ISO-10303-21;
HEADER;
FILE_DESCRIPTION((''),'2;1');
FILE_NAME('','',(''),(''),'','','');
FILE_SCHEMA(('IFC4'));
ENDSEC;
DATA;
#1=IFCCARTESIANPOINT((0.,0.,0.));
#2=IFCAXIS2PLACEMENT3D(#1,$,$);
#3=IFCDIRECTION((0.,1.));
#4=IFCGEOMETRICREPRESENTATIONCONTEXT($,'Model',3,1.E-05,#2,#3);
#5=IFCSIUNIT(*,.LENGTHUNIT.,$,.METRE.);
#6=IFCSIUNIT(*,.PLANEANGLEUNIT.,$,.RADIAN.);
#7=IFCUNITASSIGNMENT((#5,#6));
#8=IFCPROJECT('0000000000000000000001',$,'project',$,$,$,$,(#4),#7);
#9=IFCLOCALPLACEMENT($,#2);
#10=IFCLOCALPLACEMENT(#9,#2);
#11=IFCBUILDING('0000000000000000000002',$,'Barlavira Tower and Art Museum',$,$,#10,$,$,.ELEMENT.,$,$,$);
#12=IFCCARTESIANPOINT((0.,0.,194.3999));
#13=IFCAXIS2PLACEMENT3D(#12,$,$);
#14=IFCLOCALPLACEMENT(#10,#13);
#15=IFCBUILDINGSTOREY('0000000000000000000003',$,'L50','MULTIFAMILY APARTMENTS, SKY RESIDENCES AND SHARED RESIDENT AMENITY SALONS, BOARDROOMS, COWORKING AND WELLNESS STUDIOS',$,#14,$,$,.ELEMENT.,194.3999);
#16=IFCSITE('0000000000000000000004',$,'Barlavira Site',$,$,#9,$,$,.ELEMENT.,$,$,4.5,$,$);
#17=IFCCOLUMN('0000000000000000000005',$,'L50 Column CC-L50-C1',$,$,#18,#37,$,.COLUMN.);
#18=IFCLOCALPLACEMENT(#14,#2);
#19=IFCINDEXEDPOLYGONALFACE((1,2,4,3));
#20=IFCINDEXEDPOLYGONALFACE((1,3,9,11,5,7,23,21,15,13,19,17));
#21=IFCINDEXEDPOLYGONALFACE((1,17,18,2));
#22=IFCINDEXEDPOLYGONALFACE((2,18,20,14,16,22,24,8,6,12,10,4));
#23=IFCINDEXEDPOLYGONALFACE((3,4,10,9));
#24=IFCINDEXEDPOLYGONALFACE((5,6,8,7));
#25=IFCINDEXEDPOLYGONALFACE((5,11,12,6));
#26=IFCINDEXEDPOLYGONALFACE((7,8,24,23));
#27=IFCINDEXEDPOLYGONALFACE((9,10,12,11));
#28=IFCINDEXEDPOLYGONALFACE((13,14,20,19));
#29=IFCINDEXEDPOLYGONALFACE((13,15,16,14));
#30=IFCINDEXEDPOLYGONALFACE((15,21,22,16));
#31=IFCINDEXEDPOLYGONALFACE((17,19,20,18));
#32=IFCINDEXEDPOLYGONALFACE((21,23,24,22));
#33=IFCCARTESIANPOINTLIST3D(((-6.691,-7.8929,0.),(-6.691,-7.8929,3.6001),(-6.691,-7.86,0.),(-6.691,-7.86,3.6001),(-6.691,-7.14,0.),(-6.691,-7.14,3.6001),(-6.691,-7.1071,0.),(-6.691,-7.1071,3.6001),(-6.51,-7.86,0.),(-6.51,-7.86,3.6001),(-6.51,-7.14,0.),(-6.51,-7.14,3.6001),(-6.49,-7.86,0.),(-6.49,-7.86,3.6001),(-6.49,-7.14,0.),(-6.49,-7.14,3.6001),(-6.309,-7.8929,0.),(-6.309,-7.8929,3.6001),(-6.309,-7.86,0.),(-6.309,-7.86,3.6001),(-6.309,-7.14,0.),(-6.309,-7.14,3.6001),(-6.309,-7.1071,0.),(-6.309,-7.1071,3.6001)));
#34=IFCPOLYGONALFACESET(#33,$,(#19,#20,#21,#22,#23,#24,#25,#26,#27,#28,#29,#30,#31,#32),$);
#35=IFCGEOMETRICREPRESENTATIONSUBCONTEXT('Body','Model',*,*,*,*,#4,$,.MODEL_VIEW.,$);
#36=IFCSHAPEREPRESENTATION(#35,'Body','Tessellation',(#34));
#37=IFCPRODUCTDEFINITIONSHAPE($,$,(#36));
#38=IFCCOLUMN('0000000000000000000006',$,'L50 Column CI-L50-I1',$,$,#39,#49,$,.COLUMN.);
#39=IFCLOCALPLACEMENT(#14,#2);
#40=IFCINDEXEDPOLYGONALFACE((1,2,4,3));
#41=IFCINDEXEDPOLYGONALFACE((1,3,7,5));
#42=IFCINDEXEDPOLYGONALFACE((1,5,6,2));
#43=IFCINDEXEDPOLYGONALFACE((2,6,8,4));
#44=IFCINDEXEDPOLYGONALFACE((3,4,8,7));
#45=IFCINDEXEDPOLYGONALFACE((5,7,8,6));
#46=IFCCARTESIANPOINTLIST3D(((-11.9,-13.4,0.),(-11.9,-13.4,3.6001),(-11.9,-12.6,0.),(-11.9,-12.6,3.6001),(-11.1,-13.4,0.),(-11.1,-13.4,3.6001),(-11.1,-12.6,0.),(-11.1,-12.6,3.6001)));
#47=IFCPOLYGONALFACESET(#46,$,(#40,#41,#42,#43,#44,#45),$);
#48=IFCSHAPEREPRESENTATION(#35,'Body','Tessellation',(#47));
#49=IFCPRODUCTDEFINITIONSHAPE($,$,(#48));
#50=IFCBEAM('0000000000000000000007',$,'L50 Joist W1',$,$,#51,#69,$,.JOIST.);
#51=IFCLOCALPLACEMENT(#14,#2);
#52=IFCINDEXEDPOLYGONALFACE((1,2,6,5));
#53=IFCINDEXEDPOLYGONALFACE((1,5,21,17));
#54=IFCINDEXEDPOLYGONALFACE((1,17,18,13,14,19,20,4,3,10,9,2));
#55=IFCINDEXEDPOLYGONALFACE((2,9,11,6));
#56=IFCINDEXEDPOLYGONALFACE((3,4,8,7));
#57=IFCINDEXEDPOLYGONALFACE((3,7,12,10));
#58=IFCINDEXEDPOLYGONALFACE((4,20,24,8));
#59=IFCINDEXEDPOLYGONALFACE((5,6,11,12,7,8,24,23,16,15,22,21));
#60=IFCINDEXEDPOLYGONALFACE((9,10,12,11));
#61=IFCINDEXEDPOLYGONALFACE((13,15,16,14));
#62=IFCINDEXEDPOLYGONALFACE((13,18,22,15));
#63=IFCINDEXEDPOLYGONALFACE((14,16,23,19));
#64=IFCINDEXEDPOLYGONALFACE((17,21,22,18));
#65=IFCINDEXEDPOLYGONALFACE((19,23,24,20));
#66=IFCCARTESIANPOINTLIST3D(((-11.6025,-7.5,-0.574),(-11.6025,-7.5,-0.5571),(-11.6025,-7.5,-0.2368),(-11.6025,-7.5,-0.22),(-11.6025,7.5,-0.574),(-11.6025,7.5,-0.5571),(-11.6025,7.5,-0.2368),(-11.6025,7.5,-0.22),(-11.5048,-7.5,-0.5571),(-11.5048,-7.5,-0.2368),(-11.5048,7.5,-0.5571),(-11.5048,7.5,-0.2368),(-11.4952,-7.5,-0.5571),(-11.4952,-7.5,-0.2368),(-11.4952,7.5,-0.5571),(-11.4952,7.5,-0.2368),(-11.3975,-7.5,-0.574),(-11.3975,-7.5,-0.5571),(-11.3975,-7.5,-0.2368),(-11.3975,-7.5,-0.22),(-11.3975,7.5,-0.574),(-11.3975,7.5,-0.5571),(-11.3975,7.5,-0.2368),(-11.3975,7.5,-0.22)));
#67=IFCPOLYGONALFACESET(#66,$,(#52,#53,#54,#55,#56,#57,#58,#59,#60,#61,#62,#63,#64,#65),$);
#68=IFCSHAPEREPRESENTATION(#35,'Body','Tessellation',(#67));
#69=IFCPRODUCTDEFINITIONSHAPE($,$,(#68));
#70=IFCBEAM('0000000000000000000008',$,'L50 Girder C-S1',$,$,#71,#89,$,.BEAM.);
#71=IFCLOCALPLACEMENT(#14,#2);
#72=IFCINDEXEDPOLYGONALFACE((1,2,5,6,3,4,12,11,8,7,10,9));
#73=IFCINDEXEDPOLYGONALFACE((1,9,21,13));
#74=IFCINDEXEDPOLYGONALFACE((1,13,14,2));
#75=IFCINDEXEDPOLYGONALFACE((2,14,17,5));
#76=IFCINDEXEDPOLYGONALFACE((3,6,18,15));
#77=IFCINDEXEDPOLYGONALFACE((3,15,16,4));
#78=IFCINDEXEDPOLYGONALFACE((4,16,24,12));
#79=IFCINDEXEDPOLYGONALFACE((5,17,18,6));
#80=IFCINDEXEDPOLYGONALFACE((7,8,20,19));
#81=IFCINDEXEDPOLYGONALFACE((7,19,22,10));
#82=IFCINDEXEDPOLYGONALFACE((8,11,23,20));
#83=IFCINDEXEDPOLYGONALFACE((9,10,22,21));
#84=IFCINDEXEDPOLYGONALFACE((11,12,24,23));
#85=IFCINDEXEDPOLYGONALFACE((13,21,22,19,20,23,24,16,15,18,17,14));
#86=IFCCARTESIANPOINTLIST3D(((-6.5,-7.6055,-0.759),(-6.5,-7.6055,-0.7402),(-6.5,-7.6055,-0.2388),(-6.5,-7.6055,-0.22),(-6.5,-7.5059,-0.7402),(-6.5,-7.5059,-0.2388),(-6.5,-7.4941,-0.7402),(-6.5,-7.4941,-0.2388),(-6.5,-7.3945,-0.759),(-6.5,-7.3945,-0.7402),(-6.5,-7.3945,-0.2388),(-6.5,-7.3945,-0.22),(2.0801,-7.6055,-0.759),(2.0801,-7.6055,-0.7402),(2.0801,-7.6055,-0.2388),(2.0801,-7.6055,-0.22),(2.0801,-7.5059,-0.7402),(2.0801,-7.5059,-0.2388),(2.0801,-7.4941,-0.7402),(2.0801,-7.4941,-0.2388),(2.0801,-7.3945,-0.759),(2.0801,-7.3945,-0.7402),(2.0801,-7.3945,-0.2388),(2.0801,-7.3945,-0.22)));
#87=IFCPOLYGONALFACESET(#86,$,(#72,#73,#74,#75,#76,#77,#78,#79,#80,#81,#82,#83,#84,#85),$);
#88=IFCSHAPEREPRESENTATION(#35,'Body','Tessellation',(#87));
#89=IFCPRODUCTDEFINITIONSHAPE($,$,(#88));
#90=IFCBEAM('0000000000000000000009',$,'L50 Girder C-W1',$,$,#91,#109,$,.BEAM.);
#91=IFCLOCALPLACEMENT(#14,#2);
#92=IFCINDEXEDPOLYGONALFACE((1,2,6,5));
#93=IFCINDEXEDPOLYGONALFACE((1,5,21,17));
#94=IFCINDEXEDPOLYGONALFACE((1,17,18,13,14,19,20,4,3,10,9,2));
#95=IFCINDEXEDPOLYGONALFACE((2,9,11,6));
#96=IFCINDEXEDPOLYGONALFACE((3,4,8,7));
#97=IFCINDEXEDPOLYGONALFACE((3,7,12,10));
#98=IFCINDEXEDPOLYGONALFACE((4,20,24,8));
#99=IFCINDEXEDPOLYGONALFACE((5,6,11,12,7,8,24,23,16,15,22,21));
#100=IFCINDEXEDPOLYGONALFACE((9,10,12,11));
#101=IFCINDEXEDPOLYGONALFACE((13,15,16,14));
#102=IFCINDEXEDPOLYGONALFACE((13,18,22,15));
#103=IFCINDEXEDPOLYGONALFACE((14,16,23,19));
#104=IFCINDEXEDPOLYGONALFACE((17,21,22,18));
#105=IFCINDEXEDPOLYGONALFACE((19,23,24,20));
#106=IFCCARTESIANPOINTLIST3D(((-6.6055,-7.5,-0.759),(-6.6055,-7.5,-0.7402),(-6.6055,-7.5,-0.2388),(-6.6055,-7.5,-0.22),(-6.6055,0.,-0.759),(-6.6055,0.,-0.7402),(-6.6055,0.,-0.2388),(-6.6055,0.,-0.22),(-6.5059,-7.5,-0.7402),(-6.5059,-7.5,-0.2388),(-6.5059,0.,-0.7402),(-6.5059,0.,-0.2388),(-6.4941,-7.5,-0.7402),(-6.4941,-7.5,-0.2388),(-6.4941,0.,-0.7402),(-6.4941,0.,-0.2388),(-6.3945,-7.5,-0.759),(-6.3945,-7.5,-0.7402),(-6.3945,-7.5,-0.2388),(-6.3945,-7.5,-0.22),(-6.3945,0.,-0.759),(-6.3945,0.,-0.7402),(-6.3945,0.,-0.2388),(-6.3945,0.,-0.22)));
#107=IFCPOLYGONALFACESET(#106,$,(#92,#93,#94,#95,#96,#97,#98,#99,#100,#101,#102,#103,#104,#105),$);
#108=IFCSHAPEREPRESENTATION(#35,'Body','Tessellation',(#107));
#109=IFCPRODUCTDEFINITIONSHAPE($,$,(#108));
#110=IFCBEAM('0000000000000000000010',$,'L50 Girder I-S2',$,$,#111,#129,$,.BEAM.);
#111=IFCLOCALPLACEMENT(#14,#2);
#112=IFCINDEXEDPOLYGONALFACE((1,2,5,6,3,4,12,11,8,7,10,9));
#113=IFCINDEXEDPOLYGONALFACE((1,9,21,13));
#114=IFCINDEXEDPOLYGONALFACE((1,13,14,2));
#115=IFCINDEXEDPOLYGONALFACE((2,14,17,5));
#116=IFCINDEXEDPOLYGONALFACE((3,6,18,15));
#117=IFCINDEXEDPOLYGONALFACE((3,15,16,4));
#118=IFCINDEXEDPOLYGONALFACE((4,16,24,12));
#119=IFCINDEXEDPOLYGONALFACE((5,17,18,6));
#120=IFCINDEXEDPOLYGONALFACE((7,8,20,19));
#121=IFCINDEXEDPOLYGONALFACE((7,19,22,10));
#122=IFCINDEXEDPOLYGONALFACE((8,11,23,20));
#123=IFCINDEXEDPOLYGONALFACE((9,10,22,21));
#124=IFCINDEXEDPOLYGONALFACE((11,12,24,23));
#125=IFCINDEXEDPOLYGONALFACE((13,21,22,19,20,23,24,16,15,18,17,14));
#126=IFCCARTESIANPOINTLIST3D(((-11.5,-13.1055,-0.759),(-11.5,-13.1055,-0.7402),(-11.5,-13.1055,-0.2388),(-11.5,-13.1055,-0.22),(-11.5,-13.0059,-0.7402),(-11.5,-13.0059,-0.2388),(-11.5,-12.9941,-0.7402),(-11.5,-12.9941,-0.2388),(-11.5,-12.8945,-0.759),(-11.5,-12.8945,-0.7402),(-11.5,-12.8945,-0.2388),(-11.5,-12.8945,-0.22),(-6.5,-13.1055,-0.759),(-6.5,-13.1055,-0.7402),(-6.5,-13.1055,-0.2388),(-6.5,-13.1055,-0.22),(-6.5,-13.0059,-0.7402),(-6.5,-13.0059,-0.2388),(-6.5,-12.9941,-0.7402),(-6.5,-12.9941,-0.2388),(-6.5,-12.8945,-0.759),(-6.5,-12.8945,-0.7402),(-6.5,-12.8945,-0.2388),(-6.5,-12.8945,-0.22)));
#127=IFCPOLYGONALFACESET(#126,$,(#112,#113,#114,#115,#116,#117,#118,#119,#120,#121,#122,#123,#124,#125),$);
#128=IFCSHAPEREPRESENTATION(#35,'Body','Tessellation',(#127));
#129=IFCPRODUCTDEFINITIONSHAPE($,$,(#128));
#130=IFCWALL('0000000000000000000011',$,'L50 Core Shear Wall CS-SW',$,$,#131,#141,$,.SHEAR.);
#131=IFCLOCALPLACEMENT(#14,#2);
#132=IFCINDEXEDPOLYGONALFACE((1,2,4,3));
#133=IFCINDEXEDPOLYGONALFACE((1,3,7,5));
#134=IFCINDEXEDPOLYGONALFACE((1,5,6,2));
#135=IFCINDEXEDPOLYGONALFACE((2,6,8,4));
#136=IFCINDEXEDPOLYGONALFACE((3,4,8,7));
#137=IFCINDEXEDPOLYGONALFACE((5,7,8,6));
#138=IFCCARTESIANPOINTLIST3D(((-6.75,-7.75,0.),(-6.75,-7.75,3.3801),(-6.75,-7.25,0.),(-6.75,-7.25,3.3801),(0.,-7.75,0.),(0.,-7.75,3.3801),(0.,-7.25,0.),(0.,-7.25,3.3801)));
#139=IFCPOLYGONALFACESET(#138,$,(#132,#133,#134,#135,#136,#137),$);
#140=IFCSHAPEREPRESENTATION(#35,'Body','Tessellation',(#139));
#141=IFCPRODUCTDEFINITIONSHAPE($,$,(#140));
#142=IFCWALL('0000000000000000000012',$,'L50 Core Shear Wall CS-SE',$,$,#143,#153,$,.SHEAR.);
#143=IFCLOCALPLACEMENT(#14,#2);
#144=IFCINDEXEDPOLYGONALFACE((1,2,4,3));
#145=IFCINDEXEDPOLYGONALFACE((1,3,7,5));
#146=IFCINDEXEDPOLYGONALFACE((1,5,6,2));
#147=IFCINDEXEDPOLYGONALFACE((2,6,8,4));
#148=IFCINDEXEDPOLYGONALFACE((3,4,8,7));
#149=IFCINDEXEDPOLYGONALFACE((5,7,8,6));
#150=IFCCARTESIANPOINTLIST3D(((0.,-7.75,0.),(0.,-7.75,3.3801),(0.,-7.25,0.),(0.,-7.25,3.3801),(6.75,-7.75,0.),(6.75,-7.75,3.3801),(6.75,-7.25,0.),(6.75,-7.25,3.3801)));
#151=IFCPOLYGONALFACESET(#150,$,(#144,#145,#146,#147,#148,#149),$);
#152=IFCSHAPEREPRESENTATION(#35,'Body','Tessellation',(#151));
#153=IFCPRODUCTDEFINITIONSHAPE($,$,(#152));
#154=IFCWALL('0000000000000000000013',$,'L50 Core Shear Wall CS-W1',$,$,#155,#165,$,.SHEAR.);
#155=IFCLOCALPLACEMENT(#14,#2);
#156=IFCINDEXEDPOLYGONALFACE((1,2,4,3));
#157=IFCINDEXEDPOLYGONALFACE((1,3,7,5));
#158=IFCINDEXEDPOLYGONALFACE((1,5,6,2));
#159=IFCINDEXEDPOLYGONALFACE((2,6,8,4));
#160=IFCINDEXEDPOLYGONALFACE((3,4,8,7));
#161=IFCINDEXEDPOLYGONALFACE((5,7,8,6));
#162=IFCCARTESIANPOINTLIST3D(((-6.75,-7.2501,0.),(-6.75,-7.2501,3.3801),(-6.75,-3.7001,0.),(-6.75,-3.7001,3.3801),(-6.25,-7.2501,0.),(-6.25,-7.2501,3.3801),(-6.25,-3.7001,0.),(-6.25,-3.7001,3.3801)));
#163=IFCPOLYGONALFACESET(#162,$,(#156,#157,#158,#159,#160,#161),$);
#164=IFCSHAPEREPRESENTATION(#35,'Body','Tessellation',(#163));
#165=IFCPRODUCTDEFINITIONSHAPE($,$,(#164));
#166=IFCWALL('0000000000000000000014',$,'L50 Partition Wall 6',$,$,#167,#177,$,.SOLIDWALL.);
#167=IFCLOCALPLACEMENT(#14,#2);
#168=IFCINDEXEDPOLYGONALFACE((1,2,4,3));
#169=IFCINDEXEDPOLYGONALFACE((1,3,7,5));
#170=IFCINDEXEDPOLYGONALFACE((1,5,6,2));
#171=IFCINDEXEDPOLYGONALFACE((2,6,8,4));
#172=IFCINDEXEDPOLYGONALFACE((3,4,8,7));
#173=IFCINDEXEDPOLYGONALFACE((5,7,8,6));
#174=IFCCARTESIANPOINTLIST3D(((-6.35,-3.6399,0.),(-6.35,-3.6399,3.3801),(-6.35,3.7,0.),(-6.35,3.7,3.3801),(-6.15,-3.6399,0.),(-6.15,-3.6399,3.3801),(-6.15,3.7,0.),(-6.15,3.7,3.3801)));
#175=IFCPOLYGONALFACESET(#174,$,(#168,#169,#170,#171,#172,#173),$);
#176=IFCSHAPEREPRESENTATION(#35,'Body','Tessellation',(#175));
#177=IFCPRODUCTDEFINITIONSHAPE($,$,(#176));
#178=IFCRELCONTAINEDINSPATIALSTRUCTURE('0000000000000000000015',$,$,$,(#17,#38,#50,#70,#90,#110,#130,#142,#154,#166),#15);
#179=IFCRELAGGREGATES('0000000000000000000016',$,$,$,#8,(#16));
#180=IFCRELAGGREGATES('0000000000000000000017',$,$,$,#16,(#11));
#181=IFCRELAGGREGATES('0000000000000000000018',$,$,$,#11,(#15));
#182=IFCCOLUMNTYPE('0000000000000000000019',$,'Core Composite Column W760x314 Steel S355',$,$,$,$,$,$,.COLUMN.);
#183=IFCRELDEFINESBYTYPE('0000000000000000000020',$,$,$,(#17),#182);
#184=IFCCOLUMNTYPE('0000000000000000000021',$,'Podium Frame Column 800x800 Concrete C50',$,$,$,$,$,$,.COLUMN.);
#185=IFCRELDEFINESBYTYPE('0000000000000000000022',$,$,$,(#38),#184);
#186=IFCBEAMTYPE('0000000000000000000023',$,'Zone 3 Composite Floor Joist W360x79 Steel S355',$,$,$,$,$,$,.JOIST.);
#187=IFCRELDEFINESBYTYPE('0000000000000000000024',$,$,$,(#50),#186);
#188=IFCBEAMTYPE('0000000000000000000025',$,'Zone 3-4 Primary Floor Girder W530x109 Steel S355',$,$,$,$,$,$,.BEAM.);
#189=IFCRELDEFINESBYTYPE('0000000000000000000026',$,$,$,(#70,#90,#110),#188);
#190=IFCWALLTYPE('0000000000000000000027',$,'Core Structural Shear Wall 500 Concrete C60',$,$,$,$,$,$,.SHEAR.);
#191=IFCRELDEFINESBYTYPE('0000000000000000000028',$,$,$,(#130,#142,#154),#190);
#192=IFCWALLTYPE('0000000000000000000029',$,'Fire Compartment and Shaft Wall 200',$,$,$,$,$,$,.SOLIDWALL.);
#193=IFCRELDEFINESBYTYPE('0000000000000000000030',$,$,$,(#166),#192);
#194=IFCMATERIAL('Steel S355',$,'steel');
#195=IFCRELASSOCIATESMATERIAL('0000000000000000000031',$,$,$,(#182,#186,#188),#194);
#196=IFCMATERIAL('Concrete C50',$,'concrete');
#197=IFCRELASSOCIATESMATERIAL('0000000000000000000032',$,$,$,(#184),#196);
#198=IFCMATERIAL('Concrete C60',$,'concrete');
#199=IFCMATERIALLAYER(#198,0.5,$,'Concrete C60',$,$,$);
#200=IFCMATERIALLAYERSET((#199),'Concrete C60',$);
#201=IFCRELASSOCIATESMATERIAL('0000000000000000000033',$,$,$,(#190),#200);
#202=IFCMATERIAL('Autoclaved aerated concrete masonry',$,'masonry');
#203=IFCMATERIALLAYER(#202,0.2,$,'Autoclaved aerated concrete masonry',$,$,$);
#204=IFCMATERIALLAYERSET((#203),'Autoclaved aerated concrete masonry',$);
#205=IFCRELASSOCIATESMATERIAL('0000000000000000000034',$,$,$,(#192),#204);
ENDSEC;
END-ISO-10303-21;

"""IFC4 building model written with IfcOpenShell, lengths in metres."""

from ifc_helpers import new_model, si_unit, direction, frame, frame_2d, origin, origin_2d, place, context, subcontext, project, spatial, rectangle, i_section, extrude, material, layer, layer_set, material_profile, profile_set, type_object, element, save


model = new_model("IFC4")

# Units and contexts
model_context = context("Model", 3, precision=1e-05, world=origin(), true_north=direction((0.0, 1.0)))
body_context = subcontext(model_context, "Body", "Model", "MODEL_VIEW")
ifc_project = project(units=[si_unit("LENGTHUNIT", "METRE"), si_unit("PLANEANGLEUNIT", "RADIAN")], contexts=[model_context])

# Site, building, storey
site_placement = place(None, origin())
site = spatial("IfcSite", under=ifc_project, at=site_placement, Name="Barlavira Site", CompositionType="ELEMENT", RefElevation=4.5)
building_placement = place(site_placement, origin())
building = spatial("IfcBuilding", under=site, at=building_placement, Name="Barlavira Tower and Art Museum", CompositionType="ELEMENT")
storey_placement = place(building_placement, frame((0.0, 0.0, 194.3999)))
storey = spatial("IfcBuildingStorey", under=building, at=storey_placement, Name="L50", Description="MULTIFAMILY APARTMENTS, SKY RESIDENCES AND SHARED RESIDENT AMENITY SALONS, BOARDROOMS, COWORKING AND WELLNESS STUDIOS", CompositionType="ELEMENT", Elevation=194.3999)

# Columns
ifc_material_1 = material(Name="Steel S355", Category="steel")
ifc_material_profile_1 = material_profile(ifc_material_1, i_section(OverallWidth=0.3821, OverallDepth=0.7859, WebThickness=0.02, FlangeThickness=0.033, at=origin_2d()), Name="W760x314.0")
ifc_profile_set_1 = profile_set([ifc_material_profile_1], Name="Steel S355")
column_type_1 = type_object("IfcColumnType", Name="Core Composite Column W760x314 Steel S355", PredefinedType="COLUMN", material=ifc_profile_set_1)
column_1_placement = place(storey_placement, frame((-6.5, -7.5, 0.0), z_axis=(0.0, 0.0, 1.0), x_axis=(1.0, 0.0, 0.0)))
element("IfcColumn", 1, at=column_1_placement, inside=storey, type_object=column_type_1, Name="L50 Column CC-L50-C1", PredefinedType="COLUMN", context=body_context, shape_type="SweptSolid", body=[
    extrude(i_section(OverallWidth=0.3821, OverallDepth=0.7859, WebThickness=0.02, FlangeThickness=0.033, at=origin_2d()), origin(), (0.0, 0.0, 1.0), 3.6001),
])
ifc_material_2 = material(Name="Concrete C50", Category="concrete")
ifc_material_profile_2 = material_profile(ifc_material_2, rectangle(XDim=0.8, YDim=0.8, at=origin_2d()), Name="RC-COL 800x800")
ifc_profile_set_2 = profile_set([ifc_material_profile_2], Name="Concrete C50")
column_type_2 = type_object("IfcColumnType", Name="Podium Frame Column 800x800 Concrete C50", PredefinedType="COLUMN", material=ifc_profile_set_2)
column_2_placement = place(storey_placement, frame((-11.5, -13.0, 0.0), z_axis=(0.0, 0.0, 1.0), x_axis=(1.0, 0.0, 0.0)))
element("IfcColumn", 2, at=column_2_placement, inside=storey, type_object=column_type_2, Name="L50 Column CI-L50-I1", PredefinedType="COLUMN", context=body_context, shape_type="SweptSolid", body=[
    extrude(rectangle(XDim=0.8, YDim=0.8, at=origin_2d()), origin(), (0.0, 0.0, 1.0), 3.6001),
])

# Beams
ifc_material_profile_3 = material_profile(ifc_material_1, i_section(OverallWidth=0.2051, OverallDepth=0.354, WebThickness=0.0095, FlangeThickness=0.0168, at=origin_2d()), Name="W360x79.0")
ifc_profile_set_3 = profile_set([ifc_material_profile_3], Name="Steel S355")
beam_type_1 = type_object("IfcBeamType", Name="Zone 3 Composite Floor Joist W360x79 Steel S355", PredefinedType="JOIST", material=ifc_profile_set_3)
beam_1_placement = place(storey_placement, frame((-11.5, -7.5, -0.397), z_axis=(0.0, 1.0, 0.0), x_axis=(-1.0, 0.0, 0.0)))
element("IfcBeam", 3, at=beam_1_placement, inside=storey, type_object=beam_type_1, Name="L50 Joist W1", PredefinedType="JOIST", context=body_context, shape_type="SweptSolid", body=[
    extrude(i_section(OverallWidth=0.2051, OverallDepth=0.354, WebThickness=0.0095, FlangeThickness=0.0168, at=origin_2d()), origin(), (0.0, 0.0, 1.0), 15.0),
])
ifc_material_profile_4 = material_profile(ifc_material_1, i_section(OverallWidth=0.2109, OverallDepth=0.5391, WebThickness=0.0117, FlangeThickness=0.0188, at=origin_2d()), Name="W530x109.0")
ifc_profile_set_4 = profile_set([ifc_material_profile_4], Name="Steel S355")
beam_type_2 = type_object("IfcBeamType", Name="Zone 3-4 Primary Floor Girder W530x109 Steel S355", PredefinedType="BEAM", material=ifc_profile_set_4)
beam_2_placement = place(storey_placement, frame((-6.5, -7.5, -0.4895), z_axis=(1.0, 0.0, 0.0), x_axis=(0.0, 1.0, 0.0)))
element("IfcBeam", 4, at=beam_2_placement, inside=storey, type_object=beam_type_2, Name="L50 Girder C-S1", PredefinedType="BEAM", context=body_context, shape_type="SweptSolid", body=[
    extrude(i_section(OverallWidth=0.2109, OverallDepth=0.5391, WebThickness=0.0117, FlangeThickness=0.0188, at=origin_2d()), origin(), (0.0, 0.0, 1.0), 8.5801),
])
beam_3_placement = place(storey_placement, frame((-6.5, -7.5, -0.4895), z_axis=(0.0, 1.0, 0.0), x_axis=(-1.0, 0.0, 0.0)))
element("IfcBeam", 5, at=beam_3_placement, inside=storey, type_object=beam_type_2, Name="L50 Girder C-W1", PredefinedType="BEAM", context=body_context, shape_type="SweptSolid", body=[
    extrude(i_section(OverallWidth=0.2109, OverallDepth=0.5391, WebThickness=0.0117, FlangeThickness=0.0188, at=origin_2d()), origin(), (0.0, 0.0, 1.0), 7.5),
])
beam_4_placement = place(storey_placement, frame((-11.5, -13.0, -0.4895), z_axis=(1.0, 0.0, 0.0), x_axis=(0.0, 1.0, 0.0)))
element("IfcBeam", 6, at=beam_4_placement, inside=storey, type_object=beam_type_2, Name="L50 Girder I-S2", PredefinedType="BEAM", context=body_context, shape_type="SweptSolid", body=[
    extrude(i_section(OverallWidth=0.2109, OverallDepth=0.5391, WebThickness=0.0117, FlangeThickness=0.0188, at=origin_2d()), origin(), (0.0, 0.0, 1.0), 5.0),
])

# Walls
ifc_material_3 = material(Name="Concrete C60", Category="concrete")
ifc_layer_1 = layer(ifc_material_3, 0.5, Name="Concrete C60")
ifc_layer_set_1 = layer_set([ifc_layer_1], Name="Concrete C60")
wall_type_1 = type_object("IfcWallType", Name="Core Structural Shear Wall 500 Concrete C60", PredefinedType="SHEAR", material=ifc_layer_set_1)
for number, where, z_axis, x_axis, name in (
    (7, (-6.75, -7.5, 0.0), (0.0, 0.0, 1.0), (1.0, 0.0, 0.0), "L50 Core Shear Wall CS-SW"),
    (8, (0.0, -7.5, 0.0), (0.0, 0.0, 1.0), (1.0, 0.0, 0.0), "L50 Core Shear Wall CS-SE"),
):
    element("IfcWall", number, at=place(storey_placement, frame(where, z_axis=z_axis, x_axis=x_axis)), inside=storey, type_object=wall_type_1, Name=name, PredefinedType="SHEAR", context=body_context, shape_type="SweptSolid", body=[
        extrude(rectangle(XDim=6.75, YDim=0.5, at=frame_2d((3.375, 0.0))), origin(), (0.0, 0.0, 1.0), 3.3801),
    ])
wall_1_placement = place(storey_placement, frame((-6.5, -7.25, 0.0), z_axis=(0.0, 0.0, 1.0), x_axis=(0.0, 1.0, 0.0)))
element("IfcWall", 9, at=wall_1_placement, inside=storey, type_object=wall_type_1, Name="L50 Core Shear Wall CS-W1", PredefinedType="SHEAR", context=body_context, shape_type="SweptSolid", body=[
    extrude(rectangle(XDim=3.55, YDim=0.5, at=frame_2d((1.7749, 0.0))), origin(), (0.0, 0.0, 1.0), 3.3801),
])
ifc_material_4 = material(Name="Autoclaved aerated concrete masonry", Category="masonry")
ifc_layer_2 = layer(ifc_material_4, 0.2, Name="Autoclaved aerated concrete masonry")
ifc_layer_set_2 = layer_set([ifc_layer_2], Name="Autoclaved aerated concrete masonry")
wall_type_2 = type_object("IfcWallType", Name="Fire Compartment and Shaft Wall 200", PredefinedType="SOLIDWALL", material=ifc_layer_set_2)
wall_2_placement = place(storey_placement, frame((-6.25, -3.6399, 0.0), z_axis=(0.0, 0.0, 1.0), x_axis=(0.0, 1.0, 0.0)))
element("IfcWall", 10, at=wall_2_placement, inside=storey, type_object=wall_type_2, Name="L50 Partition Wall 6", PredefinedType="SOLIDWALL", context=body_context, shape_type="SweptSolid", body=[
    extrude(rectangle(XDim=7.3398, YDim=0.2, at=frame_2d((3.6699, 0.0))), origin(), (0.0, 0.0, 1.0), 3.3801),
])

save(model, "model.ifc")
